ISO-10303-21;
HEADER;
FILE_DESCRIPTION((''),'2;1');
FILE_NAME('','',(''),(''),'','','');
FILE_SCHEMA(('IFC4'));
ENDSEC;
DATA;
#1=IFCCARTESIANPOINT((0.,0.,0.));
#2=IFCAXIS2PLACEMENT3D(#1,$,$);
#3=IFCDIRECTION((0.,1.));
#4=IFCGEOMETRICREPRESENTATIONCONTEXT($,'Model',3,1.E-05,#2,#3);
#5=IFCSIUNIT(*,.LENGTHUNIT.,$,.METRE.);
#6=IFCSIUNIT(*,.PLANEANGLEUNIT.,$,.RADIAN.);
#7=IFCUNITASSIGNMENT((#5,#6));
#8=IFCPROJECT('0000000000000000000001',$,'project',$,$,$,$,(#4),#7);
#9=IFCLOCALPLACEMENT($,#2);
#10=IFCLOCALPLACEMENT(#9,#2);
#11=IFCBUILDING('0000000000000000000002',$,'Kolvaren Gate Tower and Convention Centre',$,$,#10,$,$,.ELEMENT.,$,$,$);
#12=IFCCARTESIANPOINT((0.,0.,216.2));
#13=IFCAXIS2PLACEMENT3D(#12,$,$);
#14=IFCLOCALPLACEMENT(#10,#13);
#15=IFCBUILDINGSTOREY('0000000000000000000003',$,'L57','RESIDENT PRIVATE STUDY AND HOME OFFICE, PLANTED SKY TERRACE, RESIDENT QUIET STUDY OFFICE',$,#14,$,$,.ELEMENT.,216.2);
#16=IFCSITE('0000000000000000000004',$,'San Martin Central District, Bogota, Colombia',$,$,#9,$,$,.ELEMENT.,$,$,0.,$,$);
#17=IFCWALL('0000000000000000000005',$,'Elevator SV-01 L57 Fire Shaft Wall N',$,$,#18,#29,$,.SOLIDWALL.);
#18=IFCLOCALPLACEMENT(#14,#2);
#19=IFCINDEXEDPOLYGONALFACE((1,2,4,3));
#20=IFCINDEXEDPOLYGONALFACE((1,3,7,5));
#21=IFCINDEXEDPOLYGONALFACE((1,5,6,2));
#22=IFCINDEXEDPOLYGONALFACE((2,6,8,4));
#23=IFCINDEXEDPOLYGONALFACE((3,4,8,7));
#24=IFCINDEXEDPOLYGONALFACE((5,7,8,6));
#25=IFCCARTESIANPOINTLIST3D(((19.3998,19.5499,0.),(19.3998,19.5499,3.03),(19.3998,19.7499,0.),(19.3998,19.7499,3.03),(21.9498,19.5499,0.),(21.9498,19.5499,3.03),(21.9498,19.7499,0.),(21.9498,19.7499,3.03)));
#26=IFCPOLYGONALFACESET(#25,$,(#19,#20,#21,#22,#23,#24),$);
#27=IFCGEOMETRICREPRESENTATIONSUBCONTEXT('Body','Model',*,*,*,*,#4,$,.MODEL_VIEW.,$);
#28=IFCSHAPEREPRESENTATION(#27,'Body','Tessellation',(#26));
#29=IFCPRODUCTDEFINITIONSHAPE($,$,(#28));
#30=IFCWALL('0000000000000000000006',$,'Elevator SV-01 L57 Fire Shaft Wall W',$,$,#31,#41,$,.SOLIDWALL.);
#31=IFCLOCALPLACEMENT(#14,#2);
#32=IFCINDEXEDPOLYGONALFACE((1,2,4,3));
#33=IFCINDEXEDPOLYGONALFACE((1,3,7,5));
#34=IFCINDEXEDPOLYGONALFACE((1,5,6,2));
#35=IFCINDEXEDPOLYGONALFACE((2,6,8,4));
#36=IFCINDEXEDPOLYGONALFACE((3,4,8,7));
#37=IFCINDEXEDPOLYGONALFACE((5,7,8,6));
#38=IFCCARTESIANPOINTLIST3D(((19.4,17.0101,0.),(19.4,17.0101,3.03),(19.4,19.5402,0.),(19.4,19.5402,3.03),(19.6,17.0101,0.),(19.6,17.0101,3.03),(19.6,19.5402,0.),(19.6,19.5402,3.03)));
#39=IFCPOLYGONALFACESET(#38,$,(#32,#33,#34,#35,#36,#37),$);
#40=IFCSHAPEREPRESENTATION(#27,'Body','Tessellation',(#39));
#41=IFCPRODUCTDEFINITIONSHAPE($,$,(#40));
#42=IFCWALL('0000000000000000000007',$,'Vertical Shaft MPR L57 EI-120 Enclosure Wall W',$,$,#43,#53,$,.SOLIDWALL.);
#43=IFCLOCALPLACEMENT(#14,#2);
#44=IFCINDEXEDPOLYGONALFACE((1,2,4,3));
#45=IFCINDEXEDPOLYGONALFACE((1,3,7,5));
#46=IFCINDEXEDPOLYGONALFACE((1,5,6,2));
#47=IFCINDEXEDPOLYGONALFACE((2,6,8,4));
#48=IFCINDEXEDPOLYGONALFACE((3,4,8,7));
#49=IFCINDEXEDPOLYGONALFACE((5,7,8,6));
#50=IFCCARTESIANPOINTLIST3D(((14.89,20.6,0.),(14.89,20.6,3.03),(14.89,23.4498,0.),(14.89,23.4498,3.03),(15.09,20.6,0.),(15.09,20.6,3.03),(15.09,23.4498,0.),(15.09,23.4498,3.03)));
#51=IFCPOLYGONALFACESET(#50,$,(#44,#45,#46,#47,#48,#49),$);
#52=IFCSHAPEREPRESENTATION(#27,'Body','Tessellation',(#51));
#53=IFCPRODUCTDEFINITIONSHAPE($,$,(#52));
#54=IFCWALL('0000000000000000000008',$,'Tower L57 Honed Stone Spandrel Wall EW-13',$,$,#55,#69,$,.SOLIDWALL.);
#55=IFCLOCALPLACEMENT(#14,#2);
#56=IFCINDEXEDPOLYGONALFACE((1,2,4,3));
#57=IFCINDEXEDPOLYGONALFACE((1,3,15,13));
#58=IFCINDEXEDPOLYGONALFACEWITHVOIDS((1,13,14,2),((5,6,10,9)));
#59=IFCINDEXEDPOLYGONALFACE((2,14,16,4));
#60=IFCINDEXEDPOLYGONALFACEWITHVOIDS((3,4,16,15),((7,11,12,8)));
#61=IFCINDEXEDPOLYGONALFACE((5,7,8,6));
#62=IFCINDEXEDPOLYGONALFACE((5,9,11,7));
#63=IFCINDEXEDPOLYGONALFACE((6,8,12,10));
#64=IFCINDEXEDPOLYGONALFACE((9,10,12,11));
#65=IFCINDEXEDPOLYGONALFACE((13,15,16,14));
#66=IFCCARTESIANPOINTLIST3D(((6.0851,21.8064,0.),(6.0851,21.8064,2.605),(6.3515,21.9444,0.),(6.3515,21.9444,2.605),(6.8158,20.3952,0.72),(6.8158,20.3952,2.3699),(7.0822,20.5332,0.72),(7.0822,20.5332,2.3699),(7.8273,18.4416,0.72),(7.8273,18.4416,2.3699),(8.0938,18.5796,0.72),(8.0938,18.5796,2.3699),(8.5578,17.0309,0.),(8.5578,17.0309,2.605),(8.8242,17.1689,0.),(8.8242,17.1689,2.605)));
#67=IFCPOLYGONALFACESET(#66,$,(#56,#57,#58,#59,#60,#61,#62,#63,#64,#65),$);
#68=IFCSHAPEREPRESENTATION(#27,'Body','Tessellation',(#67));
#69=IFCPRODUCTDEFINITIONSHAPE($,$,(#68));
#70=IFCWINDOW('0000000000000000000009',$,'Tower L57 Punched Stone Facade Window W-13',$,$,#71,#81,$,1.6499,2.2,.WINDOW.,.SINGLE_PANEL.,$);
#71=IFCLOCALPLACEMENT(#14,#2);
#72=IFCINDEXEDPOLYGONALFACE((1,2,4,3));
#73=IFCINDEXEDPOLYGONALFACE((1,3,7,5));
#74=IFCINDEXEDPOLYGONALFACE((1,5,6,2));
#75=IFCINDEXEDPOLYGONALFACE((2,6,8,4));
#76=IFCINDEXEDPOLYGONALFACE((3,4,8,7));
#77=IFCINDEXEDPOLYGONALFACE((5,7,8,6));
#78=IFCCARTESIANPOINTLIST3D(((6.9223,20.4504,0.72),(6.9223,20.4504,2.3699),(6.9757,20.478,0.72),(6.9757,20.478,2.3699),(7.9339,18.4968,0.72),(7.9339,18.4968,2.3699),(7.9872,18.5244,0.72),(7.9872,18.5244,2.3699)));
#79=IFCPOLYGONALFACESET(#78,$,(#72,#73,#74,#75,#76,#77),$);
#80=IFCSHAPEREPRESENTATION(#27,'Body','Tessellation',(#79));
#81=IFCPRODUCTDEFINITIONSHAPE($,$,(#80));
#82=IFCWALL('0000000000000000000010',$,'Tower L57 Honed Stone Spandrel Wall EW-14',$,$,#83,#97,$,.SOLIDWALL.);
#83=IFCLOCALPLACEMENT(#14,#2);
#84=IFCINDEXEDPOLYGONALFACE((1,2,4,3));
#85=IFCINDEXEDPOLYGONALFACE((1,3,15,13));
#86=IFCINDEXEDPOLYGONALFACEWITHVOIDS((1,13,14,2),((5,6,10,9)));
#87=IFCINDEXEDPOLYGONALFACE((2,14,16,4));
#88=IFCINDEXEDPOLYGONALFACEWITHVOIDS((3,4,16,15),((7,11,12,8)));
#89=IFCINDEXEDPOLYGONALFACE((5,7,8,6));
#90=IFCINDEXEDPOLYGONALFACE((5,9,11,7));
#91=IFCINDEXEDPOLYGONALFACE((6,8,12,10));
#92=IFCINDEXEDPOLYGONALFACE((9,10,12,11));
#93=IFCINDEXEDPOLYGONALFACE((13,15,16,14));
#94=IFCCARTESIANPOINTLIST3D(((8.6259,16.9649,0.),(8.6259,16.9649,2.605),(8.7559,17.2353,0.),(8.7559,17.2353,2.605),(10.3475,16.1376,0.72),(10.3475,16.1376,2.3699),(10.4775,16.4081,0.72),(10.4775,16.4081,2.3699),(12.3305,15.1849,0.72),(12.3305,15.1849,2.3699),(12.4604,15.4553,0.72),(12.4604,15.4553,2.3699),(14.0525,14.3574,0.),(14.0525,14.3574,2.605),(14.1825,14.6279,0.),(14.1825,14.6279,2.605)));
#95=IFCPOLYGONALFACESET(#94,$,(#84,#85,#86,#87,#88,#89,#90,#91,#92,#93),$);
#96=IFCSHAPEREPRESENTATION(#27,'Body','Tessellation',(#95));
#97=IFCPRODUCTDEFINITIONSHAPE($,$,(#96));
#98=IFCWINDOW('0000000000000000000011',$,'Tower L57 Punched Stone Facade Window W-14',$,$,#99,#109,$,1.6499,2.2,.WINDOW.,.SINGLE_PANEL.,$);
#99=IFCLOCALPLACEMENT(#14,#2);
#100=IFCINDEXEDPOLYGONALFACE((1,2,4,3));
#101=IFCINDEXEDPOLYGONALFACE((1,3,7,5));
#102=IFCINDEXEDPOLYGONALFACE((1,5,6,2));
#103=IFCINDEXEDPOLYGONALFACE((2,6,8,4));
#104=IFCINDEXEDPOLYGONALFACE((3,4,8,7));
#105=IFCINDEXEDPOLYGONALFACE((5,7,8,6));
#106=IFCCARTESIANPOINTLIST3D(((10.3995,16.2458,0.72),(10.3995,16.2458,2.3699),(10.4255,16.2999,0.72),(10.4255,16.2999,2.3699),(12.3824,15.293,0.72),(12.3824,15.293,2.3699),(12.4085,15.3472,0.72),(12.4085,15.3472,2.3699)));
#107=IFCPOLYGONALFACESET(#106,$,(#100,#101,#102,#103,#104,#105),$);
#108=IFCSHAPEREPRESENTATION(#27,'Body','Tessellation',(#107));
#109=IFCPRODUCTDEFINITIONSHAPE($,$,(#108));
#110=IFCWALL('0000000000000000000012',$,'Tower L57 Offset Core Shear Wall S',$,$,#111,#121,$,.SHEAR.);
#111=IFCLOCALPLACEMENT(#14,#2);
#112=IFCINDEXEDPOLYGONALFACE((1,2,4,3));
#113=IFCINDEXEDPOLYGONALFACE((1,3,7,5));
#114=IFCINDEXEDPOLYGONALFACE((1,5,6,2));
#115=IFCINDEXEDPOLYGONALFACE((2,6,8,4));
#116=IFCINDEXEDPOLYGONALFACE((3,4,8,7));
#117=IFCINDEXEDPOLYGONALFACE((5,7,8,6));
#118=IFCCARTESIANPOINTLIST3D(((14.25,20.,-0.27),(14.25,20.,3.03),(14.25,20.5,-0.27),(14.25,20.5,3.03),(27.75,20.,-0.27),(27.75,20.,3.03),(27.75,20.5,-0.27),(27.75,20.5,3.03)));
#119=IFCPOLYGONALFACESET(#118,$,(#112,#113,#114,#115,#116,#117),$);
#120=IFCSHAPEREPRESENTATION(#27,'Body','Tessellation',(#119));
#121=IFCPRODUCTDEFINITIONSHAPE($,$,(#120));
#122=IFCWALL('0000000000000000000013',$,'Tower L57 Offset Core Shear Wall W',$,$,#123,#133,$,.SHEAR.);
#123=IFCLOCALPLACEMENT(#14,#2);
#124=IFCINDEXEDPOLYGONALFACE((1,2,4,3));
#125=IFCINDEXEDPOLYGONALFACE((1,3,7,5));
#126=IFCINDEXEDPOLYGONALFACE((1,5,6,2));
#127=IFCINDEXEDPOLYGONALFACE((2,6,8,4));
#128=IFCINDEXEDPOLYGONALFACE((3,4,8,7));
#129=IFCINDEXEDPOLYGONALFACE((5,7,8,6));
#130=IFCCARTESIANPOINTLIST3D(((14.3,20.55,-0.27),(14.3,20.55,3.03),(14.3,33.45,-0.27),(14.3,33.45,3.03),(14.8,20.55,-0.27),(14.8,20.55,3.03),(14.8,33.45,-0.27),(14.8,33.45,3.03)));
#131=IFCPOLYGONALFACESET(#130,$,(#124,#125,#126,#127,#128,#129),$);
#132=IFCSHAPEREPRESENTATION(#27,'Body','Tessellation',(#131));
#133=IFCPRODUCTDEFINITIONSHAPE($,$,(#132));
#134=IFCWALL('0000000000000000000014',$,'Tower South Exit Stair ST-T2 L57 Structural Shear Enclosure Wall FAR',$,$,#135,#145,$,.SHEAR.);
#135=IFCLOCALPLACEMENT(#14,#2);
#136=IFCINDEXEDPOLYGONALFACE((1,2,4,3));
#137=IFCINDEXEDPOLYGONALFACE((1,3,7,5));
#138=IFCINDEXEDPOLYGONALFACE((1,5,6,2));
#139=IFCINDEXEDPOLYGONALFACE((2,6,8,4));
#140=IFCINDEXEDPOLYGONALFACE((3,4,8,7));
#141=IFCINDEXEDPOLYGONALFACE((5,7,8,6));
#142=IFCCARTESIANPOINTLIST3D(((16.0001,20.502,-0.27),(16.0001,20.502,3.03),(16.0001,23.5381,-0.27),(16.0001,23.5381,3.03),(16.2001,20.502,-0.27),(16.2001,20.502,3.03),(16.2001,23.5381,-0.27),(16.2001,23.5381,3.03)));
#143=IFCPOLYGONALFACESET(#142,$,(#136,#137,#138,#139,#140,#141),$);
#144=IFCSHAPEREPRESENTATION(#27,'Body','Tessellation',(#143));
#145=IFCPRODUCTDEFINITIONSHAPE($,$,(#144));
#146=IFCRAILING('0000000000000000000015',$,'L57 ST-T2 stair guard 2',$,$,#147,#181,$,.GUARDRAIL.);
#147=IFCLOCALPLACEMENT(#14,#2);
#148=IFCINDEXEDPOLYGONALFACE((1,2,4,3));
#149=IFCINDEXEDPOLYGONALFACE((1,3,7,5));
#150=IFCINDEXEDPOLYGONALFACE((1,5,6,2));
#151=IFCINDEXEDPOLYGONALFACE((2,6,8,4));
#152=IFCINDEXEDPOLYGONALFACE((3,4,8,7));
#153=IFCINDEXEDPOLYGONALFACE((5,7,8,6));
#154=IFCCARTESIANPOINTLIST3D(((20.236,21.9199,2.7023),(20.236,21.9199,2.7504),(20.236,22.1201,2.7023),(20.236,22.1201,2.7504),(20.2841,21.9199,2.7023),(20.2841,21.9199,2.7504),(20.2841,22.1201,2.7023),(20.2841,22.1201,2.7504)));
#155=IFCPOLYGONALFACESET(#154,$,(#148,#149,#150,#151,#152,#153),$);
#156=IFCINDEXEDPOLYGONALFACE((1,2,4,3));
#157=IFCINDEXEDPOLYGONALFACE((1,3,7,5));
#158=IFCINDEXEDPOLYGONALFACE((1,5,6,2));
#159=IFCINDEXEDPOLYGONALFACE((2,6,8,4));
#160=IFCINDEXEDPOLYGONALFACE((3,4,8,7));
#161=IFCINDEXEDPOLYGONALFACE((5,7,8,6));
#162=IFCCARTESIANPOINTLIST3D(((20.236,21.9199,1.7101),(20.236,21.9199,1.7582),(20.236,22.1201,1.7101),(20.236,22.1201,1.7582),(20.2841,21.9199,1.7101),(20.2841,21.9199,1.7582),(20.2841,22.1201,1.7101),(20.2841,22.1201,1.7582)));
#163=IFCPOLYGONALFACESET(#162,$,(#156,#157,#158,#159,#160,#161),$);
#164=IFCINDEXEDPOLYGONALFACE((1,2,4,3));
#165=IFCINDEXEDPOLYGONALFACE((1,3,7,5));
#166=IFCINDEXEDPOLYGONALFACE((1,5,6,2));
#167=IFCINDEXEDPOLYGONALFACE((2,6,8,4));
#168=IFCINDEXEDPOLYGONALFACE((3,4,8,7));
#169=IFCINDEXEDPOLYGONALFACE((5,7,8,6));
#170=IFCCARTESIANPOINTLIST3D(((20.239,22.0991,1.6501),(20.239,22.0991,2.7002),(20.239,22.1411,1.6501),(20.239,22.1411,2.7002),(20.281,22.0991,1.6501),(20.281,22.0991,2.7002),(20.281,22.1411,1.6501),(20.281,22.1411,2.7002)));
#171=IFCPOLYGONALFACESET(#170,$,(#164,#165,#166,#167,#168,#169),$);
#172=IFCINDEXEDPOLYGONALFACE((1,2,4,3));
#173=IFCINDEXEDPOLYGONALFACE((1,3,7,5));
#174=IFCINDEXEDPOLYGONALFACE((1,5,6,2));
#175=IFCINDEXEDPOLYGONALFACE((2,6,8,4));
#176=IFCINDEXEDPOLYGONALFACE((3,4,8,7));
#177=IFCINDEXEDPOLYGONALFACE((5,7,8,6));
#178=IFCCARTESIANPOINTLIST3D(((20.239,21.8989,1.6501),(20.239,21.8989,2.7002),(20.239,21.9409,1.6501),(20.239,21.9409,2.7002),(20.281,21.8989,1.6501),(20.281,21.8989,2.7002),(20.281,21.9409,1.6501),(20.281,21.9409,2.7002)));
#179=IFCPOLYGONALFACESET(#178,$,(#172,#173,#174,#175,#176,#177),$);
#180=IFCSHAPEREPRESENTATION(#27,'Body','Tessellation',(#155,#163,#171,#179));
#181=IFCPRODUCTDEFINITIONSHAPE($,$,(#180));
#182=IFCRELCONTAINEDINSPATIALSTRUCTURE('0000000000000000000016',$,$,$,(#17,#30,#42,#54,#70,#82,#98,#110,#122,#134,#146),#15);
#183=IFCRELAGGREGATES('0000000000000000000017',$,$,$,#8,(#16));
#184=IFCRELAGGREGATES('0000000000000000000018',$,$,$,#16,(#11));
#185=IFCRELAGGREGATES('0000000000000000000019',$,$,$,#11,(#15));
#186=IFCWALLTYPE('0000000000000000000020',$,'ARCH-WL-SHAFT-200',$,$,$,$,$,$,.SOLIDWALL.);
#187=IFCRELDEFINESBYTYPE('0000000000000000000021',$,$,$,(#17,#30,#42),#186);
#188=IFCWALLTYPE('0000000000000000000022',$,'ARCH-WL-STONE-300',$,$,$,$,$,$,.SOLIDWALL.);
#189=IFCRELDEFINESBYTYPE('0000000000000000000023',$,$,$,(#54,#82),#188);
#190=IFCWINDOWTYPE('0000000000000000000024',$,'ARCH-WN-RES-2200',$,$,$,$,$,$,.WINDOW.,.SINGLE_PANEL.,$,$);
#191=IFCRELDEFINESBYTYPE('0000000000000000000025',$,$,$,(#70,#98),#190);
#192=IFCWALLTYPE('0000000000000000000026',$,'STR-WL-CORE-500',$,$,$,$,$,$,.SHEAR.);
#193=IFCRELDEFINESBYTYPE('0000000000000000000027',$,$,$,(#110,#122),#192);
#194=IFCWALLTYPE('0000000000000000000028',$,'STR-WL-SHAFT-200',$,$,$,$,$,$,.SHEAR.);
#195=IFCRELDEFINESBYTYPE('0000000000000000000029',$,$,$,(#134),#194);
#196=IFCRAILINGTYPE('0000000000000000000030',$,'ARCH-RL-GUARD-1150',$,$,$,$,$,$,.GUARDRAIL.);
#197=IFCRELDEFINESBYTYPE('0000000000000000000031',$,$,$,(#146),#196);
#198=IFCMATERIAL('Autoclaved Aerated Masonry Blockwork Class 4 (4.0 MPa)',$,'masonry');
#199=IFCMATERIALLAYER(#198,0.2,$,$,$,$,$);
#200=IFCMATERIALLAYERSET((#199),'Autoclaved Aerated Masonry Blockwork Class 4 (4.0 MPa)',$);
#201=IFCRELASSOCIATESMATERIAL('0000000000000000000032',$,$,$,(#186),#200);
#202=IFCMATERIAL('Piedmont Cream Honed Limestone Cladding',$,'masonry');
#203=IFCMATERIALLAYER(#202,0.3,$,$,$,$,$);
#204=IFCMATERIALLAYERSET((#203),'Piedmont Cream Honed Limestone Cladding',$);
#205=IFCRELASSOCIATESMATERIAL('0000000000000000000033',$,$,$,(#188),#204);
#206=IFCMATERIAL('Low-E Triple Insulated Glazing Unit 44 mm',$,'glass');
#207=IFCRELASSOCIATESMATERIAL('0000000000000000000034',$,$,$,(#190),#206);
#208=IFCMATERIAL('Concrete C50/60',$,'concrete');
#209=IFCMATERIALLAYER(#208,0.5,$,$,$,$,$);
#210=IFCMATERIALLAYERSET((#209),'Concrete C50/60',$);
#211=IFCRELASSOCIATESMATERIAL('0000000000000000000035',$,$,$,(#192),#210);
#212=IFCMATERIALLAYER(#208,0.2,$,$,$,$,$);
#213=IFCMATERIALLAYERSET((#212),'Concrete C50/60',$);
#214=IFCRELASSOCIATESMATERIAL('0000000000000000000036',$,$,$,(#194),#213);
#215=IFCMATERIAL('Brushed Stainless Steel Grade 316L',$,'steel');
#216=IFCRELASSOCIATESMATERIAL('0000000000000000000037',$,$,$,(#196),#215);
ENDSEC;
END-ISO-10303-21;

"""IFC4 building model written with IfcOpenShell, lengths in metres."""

from ifc_helpers import new_model, si_unit, direction, frame, frame_2d, origin, origin_2d, place, context, subcontext, project, spatial, rectangle, extrude, material, layer, layer_set, type_object, element, fill, save


model = new_model("IFC4")

# Units and contexts
model_context = context("Model", 3, precision=1e-05, world=origin(), true_north=direction((0.0, 1.0)))
body_context = subcontext(model_context, "Body", "Model", "MODEL_VIEW")
ifc_project = project(units=[si_unit("LENGTHUNIT", "METRE"), si_unit("PLANEANGLEUNIT", "RADIAN")], contexts=[model_context])

# Site, building, storey
site_placement = place(None, origin())
site = spatial("IfcSite", under=ifc_project, at=site_placement, Name="San Martin Central District, Bogota, Colombia", CompositionType="ELEMENT", RefElevation=0.0)
building_placement = place(site_placement, origin())
building = spatial("IfcBuilding", under=site, at=building_placement, Name="Kolvaren Gate Tower and Convention Centre", CompositionType="ELEMENT")
storey_placement = place(building_placement, frame((0.0, 0.0, 216.2)))
storey = spatial("IfcBuildingStorey", under=building, at=storey_placement, Name="L57", Description="RESIDENT PRIVATE STUDY AND HOME OFFICE, PLANTED SKY TERRACE, RESIDENT QUIET STUDY OFFICE", CompositionType="ELEMENT", Elevation=216.2)

# Walls
ifc_material_1 = material(Name="Piedmont Cream Honed Limestone Cladding", Category="masonry")
ifc_material_2 = material(Name="Autoclaved Aerated Masonry Blockwork Class 4 (4.0 MPa)", Category="masonry")
ifc_layer_1 = layer(ifc_material_2, 0.2)
ifc_layer_set_1 = layer_set([ifc_layer_1], Name="Autoclaved Aerated Masonry Blockwork Class 4 (4.0 MPa)")
wall_type_1 = type_object("IfcWallType", Name="ARCH-WL-SHAFT-200", PredefinedType="SOLIDWALL", material=ifc_layer_set_1)
wall_1_placement = place(storey_placement, frame((19.3999, 19.6499, 0.0), z_axis=(0.0, 0.0, 1.0), x_axis=(1.0, 0.0, 0.0)))
element("IfcWall", 1, at=wall_1_placement, inside=storey, type_object=wall_type_1, Name="Elevator SV-01 L57 Fire Shaft Wall N", PredefinedType="SOLIDWALL", context=body_context, shape_type="SweptSolid", body=[
    extrude(rectangle(XDim=2.55, YDim=0.2, at=frame_2d((1.2749, 0.0))), origin(), (0.0, 0.0, 1.0), 3.03),
])
wall_2_placement = place(storey_placement, frame((19.5, 17.01, 0.0), z_axis=(0.0, 0.0, 1.0), x_axis=(0.0, 1.0, 0.0)))
element("IfcWall", 2, at=wall_2_placement, inside=storey, type_object=wall_type_1, Name="Elevator SV-01 L57 Fire Shaft Wall W", PredefinedType="SOLIDWALL", context=body_context, shape_type="SweptSolid", body=[
    extrude(rectangle(XDim=2.53, YDim=0.2, at=frame_2d((1.2651, 0.0))), origin(), (0.0, 0.0, 1.0), 3.03),
])
wall_3_placement = place(storey_placement, frame((14.99, 20.6001, 0.0), z_axis=(0.0, 0.0, 1.0), x_axis=(0.0, 1.0, 0.0)))
element("IfcWall", 3, at=wall_3_placement, inside=storey, type_object=wall_type_1, Name="Vertical Shaft MPR L57 EI-120 Enclosure Wall W", PredefinedType="SOLIDWALL", context=body_context, shape_type="SweptSolid", body=[
    extrude(rectangle(XDim=2.8499, YDim=0.2, at=frame_2d((1.4248, 0.0))), origin(), (0.0, 0.0, 1.0), 3.03),
])

# Walls, openings, windows
ifc_layer_2 = layer(ifc_material_1, 0.3)
ifc_layer_set_2 = layer_set([ifc_layer_2], Name="Piedmont Cream Honed Limestone Cladding")
wall_type_2 = type_object("IfcWallType", Name="ARCH-WL-STONE-300", PredefinedType="SOLIDWALL", material=ifc_layer_set_2)
wall_4_placement = place(storey_placement, frame((6.2183, 21.8755, 0.0), z_axis=(0.0, 0.0, 1.0), x_axis=(0.459808, -0.888018, 0.0)))
wall_4 = element("IfcWall", 4, at=wall_4_placement, inside=storey, type_object=wall_type_2, Name="Tower L57 Honed Stone Spandrel Wall EW-13", PredefinedType="SOLIDWALL", context=body_context, shape_type="SweptSolid", body=[
    extrude(rectangle(XDim=5.3777, YDim=0.3, at=frame_2d((2.689, 0.0))), origin(), (0.0, 0.0, 1.0), 2.605),
])
opening_1_placement = place(wall_4_placement, frame((1.5891, 0.0, 0.72)))
opening_1 = element("IfcOpeningElement", 5, at=opening_1_placement, cuts=wall_4, PredefinedType="OPENING", context=body_context, shape_type="SweptSolid", body=[
    extrude(rectangle(XDim=2.2, YDim=1.6499, at=frame_2d((1.1001, 0.825))), frame((0.0, 0.1599, 0.0), z_axis=(0.0, -1.0, 0.0), x_axis=(1.0, 0.0, 0.0)), (0.0, 0.0, 1.0), 0.3201),
])
ifc_material_3 = material(Name="Low-E Triple Insulated Glazing Unit 44 mm", Category="glass")
window_type = type_object("IfcWindowType", Name="ARCH-WN-RES-2200", PartitioningType="SINGLE_PANEL", PredefinedType="WINDOW", material=ifc_material_3)
window_1_placement = place(opening_1_placement, origin())
window_1 = element("IfcWindow", 6, at=window_1_placement, inside=storey, type_object=window_type, Name="Tower L57 Punched Stone Facade Window W-13", OverallHeight=1.6499, OverallWidth=2.2, PartitioningType="SINGLE_PANEL", PredefinedType="WINDOW", context=body_context, shape_type="SweptSolid", body=[
    extrude(rectangle(XDim=2.2, YDim=1.6499, at=frame_2d((1.1001, 0.825))), frame((0.0, 0.03, 0.0), z_axis=(0.0, -1.0, 0.0), x_axis=(1.0, 0.0, 0.0)), (0.0, 0.0, 1.0), 0.0601),
])
fill(opening_1, window_1)
wall_5_placement = place(storey_placement, frame((8.6909, 17.1001, 0.0), z_axis=(0.0, 0.0, 1.0), x_axis=(0.901348, -0.433095, 0.0)))
wall_5 = element("IfcWall", 7, at=wall_5_placement, inside=storey, type_object=wall_type_2, Name="Tower L57 Honed Stone Spandrel Wall EW-14", PredefinedType="SOLIDWALL", context=body_context, shape_type="SweptSolid", body=[
    extrude(rectangle(XDim=6.0205, YDim=0.3, at=frame_2d((3.0103, 0.0))), origin(), (0.0, 0.0, 1.0), 2.605),
])
opening_2_placement = place(wall_5_placement, frame((1.9099, 0.0, 0.72)))
opening_2 = element("IfcOpeningElement", 8, at=opening_2_placement, cuts=wall_5, PredefinedType="OPENING", context=body_context, shape_type="SweptSolid", body=[
    extrude(rectangle(XDim=2.2, YDim=1.6499, at=frame_2d((1.1001, 0.825))), frame((0.0, 0.1599, 0.0), z_axis=(0.0, -1.0, 0.0), x_axis=(1.0, 0.0, 0.0)), (0.0, 0.0, 1.0), 0.3201),
])
window_2_placement = place(opening_2_placement, origin())
window_2 = element("IfcWindow", 9, at=window_2_placement, inside=storey, type_object=window_type, Name="Tower L57 Punched Stone Facade Window W-14", OverallHeight=1.6499, OverallWidth=2.2, PartitioningType="SINGLE_PANEL", PredefinedType="WINDOW", context=body_context, shape_type="SweptSolid", body=[
    extrude(rectangle(XDim=2.2, YDim=1.6499, at=frame_2d((1.1001, 0.825))), frame((0.0, 0.03, 0.0), z_axis=(0.0, -1.0, 0.0), x_axis=(1.0, 0.0, 0.0)), (0.0, 0.0, 1.0), 0.0601),
])
fill(opening_2, window_2)

# Walls
ifc_material_4 = material(Name="Concrete C50/60", Category="concrete")
ifc_layer_3 = layer(ifc_material_4, 0.5)
ifc_layer_set_3 = layer_set([ifc_layer_3], Name="Concrete C50/60")
wall_type_3 = type_object("IfcWallType", Name="STR-WL-CORE-500", PredefinedType="SHEAR", material=ifc_layer_set_3)
wall_6_placement = place(storey_placement, frame((14.25, 20.25, -0.27), z_axis=(0.0, 0.0, 1.0), x_axis=(1.0, 0.0, 0.0)))
element("IfcWall", 10, at=wall_6_placement, inside=storey, type_object=wall_type_3, Name="Tower L57 Offset Core Shear Wall S", PredefinedType="SHEAR", context=body_context, shape_type="SweptSolid", body=[
    extrude(rectangle(XDim=13.5, YDim=0.5, at=frame_2d((6.75, 0.0))), origin(), (0.0, 0.0, 1.0), 3.3),
])
wall_7_placement = place(storey_placement, frame((14.55, 20.55, -0.27), z_axis=(0.0, 0.0, 1.0), x_axis=(0.0, 1.0, 0.0)))
element("IfcWall", 11, at=wall_7_placement, inside=storey, type_object=wall_type_3, Name="Tower L57 Offset Core Shear Wall W", PredefinedType="SHEAR", context=body_context, shape_type="SweptSolid", body=[
    extrude(rectangle(XDim=12.8999, YDim=0.5, at=frame_2d((6.45, 0.0))), origin(), (0.0, 0.0, 1.0), 3.3),
])
ifc_layer_4 = layer(ifc_material_4, 0.2)
ifc_layer_set_4 = layer_set([ifc_layer_4], Name="Concrete C50/60")
wall_type_4 = type_object("IfcWallType", Name="STR-WL-SHAFT-200", PredefinedType="SHEAR", material=ifc_layer_set_4)
wall_8_placement = place(storey_placement, frame((16.1001, 20.502, -0.27), z_axis=(0.0, 0.0, 1.0), x_axis=(0.0, 1.0, 0.0)))
element("IfcWall", 12, at=wall_8_placement, inside=storey, type_object=wall_type_4, Name="Tower South Exit Stair ST-T2 L57 Structural Shear Enclosure Wall FAR", PredefinedType="SHEAR", context=body_context, shape_type="SweptSolid", body=[
    extrude(rectangle(XDim=3.0361, YDim=0.2, at=frame_2d((1.5181, 0.0))), origin(), (0.0, 0.0, 1.0), 3.3),
])

# Railing
ifc_material_5 = material(Name="Brushed Stainless Steel Grade 316L", Category="steel")
railing_type_1 = type_object("IfcRailingType", Name="ARCH-RL-GUARD-1150", PredefinedType="GUARDRAIL", material=ifc_material_5)
railing_1_placement = place(storey_placement, frame((20.26, 22.1201, 1.6501)))
element("IfcRailing", 13, at=railing_1_placement, inside=storey, type_object=railing_type_1, Name="L57 ST-T2 stair guard 2", PredefinedType="GUARDRAIL", context=body_context, shape_type="SweptSolid", body=[
    extrude(rectangle(XDim=0.0481, YDim=0.0481, at=origin_2d()), frame((0.0, 0.0, 1.0762), z_axis=(0.0, -1.0, 0.0), x_axis=(1.0, 0.0, 0.0)), (0.0, 0.0, 1.0), 0.2002),
    extrude(rectangle(XDim=0.0481, YDim=0.0481, at=origin_2d()), frame((0.0, 0.0, 0.084), z_axis=(0.0, -1.0, 0.0), x_axis=(1.0, 0.0, 0.0)), (0.0, 0.0, 1.0), 0.2002),
    extrude(rectangle(XDim=0.042, YDim=0.042, at=origin_2d()), origin(), (0.0, 0.0, 1.0), 1.05),
    extrude(rectangle(XDim=0.042, YDim=0.042, at=origin_2d()), frame((0.0, -0.2002, 0.0)), (0.0, 0.0, 1.0), 1.05),
])

save(model, "model.ifc")
